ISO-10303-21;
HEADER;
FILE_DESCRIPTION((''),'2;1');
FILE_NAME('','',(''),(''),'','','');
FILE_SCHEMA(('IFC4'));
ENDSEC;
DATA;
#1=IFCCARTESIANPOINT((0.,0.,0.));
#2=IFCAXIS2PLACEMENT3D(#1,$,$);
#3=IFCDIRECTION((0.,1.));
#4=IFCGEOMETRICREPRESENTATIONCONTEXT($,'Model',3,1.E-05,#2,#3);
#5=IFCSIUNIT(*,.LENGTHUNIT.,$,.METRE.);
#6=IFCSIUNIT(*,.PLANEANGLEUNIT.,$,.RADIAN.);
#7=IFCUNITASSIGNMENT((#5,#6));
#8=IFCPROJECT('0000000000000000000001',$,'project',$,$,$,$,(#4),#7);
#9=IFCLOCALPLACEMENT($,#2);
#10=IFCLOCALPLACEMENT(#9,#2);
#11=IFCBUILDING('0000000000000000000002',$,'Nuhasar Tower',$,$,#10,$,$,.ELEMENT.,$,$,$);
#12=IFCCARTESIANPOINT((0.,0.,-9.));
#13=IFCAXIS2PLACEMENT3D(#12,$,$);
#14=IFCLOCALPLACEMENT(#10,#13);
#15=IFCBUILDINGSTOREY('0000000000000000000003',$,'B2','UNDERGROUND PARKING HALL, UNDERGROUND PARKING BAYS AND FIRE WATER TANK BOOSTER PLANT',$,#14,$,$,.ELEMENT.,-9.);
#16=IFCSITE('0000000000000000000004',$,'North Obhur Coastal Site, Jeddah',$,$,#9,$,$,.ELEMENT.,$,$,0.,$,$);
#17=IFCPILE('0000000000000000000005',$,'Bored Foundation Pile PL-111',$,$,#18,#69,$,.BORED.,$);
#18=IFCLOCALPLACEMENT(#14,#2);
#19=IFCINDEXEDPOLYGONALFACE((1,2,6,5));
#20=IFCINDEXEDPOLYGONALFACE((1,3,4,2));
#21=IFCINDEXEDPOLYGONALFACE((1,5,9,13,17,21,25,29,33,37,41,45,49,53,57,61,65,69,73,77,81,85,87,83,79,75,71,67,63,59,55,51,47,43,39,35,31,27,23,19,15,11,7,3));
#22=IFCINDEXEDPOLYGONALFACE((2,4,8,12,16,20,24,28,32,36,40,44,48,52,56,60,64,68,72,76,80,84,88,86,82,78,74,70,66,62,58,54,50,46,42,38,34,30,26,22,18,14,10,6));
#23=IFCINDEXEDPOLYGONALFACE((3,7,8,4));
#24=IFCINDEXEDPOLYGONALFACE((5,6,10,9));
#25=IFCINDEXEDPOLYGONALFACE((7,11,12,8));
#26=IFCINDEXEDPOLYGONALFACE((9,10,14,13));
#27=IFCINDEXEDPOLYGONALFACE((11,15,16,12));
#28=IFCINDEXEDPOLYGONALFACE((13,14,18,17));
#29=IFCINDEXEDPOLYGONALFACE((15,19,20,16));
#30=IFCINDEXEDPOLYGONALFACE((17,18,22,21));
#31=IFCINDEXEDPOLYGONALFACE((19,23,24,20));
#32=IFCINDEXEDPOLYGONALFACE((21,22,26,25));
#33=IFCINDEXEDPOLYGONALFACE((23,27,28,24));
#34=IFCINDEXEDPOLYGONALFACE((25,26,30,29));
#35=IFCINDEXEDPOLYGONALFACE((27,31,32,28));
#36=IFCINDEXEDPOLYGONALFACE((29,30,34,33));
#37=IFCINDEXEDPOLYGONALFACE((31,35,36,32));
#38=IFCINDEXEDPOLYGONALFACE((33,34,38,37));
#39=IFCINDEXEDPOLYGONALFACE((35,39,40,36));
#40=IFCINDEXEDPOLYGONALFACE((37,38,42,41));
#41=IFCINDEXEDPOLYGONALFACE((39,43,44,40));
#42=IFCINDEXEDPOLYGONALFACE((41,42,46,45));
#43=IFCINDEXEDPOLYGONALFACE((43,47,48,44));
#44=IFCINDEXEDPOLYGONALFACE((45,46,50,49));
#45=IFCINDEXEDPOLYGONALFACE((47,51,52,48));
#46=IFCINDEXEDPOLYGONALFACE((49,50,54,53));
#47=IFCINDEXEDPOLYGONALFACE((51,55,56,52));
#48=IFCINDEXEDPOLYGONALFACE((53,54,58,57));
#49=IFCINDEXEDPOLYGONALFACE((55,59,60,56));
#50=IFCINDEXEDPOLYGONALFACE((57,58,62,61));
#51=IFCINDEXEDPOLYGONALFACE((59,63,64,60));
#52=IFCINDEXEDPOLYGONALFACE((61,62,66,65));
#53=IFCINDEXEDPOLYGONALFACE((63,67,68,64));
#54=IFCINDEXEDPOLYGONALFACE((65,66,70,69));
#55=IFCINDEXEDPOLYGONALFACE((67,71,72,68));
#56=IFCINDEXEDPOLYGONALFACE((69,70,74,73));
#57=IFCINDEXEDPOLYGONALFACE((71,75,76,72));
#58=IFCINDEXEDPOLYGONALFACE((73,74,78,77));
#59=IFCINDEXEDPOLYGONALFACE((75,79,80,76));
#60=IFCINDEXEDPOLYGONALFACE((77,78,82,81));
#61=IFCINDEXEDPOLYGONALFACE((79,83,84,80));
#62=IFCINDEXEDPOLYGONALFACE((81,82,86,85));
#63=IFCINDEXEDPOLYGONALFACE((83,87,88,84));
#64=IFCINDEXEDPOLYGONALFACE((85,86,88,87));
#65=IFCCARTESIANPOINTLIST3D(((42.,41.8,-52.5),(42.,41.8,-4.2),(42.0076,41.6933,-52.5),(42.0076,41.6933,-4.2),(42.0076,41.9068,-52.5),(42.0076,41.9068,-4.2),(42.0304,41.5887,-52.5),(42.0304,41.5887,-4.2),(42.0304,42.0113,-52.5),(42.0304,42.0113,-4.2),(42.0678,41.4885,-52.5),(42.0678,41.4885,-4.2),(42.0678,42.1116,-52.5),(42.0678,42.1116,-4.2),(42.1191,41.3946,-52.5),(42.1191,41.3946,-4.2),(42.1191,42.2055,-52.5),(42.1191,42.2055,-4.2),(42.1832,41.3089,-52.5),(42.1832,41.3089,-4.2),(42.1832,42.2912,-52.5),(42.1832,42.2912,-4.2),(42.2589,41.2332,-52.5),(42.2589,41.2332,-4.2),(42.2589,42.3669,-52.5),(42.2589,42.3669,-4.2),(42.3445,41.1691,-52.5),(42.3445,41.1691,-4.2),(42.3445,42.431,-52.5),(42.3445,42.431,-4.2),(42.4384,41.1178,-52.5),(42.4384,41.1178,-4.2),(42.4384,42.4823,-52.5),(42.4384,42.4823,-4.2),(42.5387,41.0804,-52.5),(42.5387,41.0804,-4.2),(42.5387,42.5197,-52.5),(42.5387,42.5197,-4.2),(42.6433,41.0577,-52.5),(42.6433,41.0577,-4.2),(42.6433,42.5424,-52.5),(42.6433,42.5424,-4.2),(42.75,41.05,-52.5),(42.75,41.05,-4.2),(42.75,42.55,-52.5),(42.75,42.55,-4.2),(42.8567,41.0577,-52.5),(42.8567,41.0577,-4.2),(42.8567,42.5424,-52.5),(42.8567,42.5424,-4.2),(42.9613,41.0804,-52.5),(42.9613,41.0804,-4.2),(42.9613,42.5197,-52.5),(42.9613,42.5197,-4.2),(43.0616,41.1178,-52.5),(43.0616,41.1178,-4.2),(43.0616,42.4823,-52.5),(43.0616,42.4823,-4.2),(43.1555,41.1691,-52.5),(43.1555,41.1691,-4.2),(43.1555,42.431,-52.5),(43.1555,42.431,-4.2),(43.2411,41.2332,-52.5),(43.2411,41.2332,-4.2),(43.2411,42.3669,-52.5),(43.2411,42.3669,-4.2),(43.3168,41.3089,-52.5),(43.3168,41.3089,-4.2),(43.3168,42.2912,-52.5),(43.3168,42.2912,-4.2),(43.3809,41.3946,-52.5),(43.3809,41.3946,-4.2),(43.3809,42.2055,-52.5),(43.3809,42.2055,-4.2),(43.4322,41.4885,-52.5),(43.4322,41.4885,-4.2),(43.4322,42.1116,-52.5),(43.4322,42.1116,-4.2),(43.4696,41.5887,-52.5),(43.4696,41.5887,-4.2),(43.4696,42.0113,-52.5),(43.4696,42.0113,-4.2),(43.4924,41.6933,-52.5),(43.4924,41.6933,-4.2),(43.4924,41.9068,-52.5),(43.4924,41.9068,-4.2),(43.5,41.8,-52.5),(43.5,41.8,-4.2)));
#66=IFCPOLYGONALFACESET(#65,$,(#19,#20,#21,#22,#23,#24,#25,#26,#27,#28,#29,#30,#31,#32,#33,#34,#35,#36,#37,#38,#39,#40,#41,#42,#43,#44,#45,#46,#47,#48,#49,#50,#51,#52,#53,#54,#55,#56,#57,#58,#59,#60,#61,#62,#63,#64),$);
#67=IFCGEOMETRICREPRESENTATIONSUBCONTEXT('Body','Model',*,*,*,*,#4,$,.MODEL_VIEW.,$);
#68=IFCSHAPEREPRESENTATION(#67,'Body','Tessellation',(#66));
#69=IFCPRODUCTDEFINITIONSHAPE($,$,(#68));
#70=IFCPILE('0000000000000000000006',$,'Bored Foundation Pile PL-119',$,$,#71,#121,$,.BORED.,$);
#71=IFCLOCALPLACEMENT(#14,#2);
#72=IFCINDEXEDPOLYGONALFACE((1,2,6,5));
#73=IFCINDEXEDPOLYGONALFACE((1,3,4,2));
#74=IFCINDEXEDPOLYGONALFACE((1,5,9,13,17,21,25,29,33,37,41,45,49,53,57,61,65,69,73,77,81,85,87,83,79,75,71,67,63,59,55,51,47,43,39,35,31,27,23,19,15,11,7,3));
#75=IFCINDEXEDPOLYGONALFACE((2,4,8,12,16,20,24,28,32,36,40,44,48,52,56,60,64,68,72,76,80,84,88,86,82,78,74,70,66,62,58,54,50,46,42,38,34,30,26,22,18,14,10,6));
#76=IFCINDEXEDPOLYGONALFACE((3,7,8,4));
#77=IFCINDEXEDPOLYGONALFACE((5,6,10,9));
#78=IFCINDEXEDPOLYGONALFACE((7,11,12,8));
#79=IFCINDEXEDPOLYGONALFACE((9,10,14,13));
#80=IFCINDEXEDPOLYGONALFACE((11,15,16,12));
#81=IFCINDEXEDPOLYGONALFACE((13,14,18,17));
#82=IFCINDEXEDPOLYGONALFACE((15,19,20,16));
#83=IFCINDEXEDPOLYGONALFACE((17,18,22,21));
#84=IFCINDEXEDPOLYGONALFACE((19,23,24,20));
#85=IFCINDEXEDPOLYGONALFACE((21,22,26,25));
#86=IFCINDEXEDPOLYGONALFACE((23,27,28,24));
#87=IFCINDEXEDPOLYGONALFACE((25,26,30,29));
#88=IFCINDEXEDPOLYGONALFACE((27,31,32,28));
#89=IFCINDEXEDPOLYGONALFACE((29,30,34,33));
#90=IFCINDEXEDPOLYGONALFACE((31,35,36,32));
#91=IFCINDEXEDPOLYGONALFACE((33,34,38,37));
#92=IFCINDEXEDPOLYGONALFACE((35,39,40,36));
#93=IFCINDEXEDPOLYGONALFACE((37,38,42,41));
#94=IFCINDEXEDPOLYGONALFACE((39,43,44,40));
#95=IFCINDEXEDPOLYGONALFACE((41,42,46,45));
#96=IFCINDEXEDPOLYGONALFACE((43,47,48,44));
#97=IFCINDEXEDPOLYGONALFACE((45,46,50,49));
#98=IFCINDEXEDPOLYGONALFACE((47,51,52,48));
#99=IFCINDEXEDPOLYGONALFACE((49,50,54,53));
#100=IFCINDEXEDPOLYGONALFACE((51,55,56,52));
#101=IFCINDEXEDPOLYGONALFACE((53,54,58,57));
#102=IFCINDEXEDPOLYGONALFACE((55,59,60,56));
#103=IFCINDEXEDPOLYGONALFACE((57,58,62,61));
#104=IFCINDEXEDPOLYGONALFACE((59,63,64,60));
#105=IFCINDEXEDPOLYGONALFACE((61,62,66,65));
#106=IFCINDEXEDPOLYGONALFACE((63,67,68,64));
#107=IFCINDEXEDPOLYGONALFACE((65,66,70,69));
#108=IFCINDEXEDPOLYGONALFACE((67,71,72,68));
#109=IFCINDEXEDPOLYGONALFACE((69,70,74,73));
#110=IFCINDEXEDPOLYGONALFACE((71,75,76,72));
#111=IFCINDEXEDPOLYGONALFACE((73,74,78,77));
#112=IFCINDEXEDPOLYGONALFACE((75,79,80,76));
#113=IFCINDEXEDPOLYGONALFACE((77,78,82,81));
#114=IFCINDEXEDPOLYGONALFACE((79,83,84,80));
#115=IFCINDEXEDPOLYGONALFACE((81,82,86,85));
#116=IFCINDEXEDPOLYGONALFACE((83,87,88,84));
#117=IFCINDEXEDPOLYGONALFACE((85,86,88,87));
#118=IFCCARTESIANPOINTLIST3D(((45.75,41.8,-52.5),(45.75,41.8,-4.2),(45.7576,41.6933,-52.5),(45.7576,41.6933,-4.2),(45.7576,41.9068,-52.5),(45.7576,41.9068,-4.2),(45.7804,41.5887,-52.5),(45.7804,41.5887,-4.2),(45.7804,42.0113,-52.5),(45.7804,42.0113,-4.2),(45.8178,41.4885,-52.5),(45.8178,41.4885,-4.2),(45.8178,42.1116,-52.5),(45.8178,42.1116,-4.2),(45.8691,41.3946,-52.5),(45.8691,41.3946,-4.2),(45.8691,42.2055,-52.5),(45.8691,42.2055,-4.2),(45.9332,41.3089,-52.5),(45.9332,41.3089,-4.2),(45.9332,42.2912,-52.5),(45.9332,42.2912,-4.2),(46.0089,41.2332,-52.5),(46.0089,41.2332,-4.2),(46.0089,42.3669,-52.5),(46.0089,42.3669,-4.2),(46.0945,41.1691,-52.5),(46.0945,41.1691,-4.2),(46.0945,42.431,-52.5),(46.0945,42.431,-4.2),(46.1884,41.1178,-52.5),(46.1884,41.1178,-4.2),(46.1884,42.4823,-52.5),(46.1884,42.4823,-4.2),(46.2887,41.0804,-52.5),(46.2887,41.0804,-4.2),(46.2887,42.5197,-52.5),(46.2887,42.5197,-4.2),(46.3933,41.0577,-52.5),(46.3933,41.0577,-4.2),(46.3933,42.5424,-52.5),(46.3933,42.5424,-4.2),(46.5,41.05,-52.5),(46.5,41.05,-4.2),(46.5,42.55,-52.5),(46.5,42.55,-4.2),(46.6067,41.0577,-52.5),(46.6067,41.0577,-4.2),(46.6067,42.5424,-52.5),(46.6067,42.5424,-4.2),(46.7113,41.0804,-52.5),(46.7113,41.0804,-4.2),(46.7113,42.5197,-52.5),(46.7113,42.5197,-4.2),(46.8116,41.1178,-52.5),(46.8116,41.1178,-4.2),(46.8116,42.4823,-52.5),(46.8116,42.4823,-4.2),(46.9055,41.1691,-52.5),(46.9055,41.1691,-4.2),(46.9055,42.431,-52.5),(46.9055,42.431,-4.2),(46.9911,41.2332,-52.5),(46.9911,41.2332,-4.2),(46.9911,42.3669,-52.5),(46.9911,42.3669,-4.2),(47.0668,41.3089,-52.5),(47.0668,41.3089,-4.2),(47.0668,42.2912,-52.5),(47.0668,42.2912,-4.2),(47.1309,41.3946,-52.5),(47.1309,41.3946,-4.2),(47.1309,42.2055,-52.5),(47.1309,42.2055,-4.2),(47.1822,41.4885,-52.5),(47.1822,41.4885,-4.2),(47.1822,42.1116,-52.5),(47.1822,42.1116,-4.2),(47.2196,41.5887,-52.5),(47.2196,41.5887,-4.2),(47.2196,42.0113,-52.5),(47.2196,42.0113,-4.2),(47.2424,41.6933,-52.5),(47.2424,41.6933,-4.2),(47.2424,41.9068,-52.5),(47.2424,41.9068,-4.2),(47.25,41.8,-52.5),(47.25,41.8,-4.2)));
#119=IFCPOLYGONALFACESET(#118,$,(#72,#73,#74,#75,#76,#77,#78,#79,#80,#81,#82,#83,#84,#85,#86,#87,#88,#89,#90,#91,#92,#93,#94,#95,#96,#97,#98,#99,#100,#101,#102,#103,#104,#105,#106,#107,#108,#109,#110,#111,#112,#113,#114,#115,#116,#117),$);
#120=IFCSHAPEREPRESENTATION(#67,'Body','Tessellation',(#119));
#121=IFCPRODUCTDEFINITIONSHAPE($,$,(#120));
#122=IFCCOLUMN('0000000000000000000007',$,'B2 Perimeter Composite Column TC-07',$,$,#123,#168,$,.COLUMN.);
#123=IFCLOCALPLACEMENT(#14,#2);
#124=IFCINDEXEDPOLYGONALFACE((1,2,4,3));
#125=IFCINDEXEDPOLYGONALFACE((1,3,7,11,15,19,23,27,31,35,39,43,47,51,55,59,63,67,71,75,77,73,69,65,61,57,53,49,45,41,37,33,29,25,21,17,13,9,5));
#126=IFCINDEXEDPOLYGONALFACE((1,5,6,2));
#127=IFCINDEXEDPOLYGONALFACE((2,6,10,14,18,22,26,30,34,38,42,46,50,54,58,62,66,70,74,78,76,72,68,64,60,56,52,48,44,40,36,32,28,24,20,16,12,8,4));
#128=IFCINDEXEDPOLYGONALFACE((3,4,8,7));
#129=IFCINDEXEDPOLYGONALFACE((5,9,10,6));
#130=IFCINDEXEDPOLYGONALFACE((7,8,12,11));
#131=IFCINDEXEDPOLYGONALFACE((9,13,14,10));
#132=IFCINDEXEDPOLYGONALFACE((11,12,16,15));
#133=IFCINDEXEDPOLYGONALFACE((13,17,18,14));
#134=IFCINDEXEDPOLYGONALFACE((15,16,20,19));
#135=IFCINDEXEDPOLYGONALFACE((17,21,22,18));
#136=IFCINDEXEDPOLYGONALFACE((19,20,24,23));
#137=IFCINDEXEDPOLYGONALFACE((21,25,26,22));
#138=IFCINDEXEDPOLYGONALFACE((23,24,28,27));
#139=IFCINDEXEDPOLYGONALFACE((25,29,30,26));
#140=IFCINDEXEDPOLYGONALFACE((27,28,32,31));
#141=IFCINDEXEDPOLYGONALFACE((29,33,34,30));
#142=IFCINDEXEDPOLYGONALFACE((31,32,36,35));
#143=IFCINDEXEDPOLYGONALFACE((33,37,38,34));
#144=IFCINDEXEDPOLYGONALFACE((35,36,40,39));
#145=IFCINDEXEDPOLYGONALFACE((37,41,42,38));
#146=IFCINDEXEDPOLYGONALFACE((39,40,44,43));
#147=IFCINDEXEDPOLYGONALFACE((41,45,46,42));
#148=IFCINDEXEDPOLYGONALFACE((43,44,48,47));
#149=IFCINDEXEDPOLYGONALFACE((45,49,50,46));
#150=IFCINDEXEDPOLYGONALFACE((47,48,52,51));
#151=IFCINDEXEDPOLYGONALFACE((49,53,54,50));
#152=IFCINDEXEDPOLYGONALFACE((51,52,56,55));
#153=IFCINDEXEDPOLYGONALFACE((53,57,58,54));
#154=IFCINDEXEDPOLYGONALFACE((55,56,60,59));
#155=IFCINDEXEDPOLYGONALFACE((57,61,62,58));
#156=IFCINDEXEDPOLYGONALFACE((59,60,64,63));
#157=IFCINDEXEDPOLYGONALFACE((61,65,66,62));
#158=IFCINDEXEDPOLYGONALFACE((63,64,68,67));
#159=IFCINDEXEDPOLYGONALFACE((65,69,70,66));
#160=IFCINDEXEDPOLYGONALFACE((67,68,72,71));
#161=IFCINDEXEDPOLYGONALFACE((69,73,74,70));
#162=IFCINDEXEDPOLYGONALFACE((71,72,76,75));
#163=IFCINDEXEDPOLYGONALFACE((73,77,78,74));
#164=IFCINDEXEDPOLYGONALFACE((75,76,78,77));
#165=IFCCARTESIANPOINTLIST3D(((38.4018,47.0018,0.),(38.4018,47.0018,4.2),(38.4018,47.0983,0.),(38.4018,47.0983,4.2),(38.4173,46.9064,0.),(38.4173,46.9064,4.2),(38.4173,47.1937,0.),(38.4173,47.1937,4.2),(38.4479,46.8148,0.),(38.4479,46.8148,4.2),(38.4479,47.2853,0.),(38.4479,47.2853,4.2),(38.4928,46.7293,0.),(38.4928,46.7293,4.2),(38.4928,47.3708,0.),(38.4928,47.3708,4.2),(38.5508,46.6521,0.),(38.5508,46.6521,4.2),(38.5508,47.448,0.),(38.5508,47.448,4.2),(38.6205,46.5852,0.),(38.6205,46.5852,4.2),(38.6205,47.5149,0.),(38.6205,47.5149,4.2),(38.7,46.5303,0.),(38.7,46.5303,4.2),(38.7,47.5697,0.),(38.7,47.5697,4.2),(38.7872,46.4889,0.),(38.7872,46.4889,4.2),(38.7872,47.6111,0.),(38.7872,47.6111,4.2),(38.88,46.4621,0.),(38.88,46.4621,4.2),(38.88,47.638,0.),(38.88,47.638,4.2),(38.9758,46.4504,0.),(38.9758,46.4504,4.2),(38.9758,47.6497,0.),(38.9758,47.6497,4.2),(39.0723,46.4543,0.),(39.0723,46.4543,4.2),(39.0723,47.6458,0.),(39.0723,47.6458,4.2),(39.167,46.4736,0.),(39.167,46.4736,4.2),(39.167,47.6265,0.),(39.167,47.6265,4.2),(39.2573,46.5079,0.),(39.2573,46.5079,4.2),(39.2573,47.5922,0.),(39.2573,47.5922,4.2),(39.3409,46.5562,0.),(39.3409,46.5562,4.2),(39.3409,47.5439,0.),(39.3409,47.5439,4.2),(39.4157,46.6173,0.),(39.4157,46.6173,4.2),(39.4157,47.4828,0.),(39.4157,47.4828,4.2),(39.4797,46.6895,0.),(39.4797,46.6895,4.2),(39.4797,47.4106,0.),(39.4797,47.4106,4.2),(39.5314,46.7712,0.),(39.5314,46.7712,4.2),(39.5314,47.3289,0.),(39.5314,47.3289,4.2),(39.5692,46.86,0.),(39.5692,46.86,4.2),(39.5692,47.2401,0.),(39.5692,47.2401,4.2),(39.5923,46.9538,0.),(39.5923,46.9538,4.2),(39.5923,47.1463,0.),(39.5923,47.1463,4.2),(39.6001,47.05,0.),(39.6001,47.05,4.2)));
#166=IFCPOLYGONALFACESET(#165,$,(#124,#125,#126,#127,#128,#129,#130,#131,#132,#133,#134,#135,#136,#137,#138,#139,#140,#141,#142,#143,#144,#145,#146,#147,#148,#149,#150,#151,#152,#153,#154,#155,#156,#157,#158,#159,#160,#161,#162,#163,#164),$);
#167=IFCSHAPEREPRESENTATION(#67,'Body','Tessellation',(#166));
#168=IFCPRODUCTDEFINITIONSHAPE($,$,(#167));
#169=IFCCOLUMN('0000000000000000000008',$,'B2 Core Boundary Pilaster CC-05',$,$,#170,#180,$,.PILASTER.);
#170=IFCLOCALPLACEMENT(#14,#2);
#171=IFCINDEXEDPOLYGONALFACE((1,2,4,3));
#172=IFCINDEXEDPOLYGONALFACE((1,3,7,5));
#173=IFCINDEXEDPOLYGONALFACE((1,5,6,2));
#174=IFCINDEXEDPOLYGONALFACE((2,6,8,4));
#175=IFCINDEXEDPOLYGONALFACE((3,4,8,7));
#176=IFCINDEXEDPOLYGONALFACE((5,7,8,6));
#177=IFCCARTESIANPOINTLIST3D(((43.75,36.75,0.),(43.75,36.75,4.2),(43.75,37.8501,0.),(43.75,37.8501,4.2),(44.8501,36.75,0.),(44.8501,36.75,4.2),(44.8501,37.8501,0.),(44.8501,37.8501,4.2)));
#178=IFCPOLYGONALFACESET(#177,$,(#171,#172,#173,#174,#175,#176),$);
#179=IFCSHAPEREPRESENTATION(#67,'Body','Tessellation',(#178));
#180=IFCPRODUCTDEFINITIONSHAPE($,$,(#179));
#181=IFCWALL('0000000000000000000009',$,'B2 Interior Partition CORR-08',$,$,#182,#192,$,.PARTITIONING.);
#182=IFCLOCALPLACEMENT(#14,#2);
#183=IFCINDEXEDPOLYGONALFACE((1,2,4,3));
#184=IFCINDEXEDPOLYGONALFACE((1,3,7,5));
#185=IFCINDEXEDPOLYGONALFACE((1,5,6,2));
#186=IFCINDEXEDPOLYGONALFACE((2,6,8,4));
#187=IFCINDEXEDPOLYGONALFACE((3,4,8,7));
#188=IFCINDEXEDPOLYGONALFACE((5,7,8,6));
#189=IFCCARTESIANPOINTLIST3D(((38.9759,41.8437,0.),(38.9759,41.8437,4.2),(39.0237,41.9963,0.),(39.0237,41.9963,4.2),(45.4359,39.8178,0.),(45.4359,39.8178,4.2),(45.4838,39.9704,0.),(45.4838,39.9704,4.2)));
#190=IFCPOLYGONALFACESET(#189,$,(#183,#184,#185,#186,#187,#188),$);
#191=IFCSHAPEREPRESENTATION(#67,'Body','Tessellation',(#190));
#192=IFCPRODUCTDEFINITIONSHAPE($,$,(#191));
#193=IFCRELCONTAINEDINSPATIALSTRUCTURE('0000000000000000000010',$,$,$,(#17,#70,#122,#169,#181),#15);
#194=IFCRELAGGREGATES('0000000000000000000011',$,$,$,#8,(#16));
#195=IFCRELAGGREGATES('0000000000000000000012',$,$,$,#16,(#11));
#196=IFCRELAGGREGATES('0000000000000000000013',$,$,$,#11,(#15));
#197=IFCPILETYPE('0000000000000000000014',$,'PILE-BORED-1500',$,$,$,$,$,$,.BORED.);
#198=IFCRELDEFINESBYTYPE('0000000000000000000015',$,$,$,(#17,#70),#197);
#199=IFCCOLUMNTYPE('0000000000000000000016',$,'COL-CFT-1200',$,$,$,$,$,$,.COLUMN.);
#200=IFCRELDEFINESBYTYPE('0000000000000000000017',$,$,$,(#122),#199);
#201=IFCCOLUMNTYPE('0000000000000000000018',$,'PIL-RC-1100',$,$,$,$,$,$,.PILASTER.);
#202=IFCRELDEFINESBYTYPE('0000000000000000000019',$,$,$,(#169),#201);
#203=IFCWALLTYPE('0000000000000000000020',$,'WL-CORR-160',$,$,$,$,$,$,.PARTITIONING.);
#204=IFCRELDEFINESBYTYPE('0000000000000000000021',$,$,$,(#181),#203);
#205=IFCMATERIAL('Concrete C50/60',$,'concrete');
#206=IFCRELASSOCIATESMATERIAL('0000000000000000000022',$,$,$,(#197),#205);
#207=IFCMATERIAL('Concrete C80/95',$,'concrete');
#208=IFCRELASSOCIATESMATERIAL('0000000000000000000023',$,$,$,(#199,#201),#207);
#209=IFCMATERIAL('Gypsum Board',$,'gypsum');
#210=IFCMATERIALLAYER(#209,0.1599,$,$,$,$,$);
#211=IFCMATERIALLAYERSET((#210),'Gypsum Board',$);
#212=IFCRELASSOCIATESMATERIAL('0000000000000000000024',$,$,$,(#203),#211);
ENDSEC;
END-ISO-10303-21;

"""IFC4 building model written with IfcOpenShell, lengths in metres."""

from ifc_helpers import new_model, si_unit, direction, frame, frame_2d, origin, origin_2d, place, context, subcontext, project, spatial, rectangle, circle, extrude, material, layer, layer_set, material_profile, profile_set, type_object, element, save


model = new_model("IFC4")

# Units and contexts
model_context = context("Model", 3, precision=1e-05, world=origin(), true_north=direction((0.0, 1.0)))
body_context = subcontext(model_context, "Body", "Model", "MODEL_VIEW")
ifc_project = project(units=[si_unit("LENGTHUNIT", "METRE"), si_unit("PLANEANGLEUNIT", "RADIAN")], contexts=[model_context])

# Site, building, storey
site_placement = place(None, origin())
site = spatial("IfcSite", under=ifc_project, at=site_placement, Name="North Obhur Coastal Site, Jeddah", CompositionType="ELEMENT", RefElevation=0.0)
building_placement = place(site_placement, origin())
building = spatial("IfcBuilding", under=site, at=building_placement, Name="Nuhasar Tower", CompositionType="ELEMENT")
storey_placement = place(building_placement, frame((0.0, 0.0, -9.0)))
storey = spatial("IfcBuildingStorey", under=building, at=storey_placement, Name="B2", Description="UNDERGROUND PARKING HALL, UNDERGROUND PARKING BAYS AND FIRE WATER TANK BOOSTER PLANT", CompositionType="ELEMENT", Elevation=-9.0)

# Piles
ifc_material_1 = material(Name="Concrete C50/60", Category="concrete")
ifc_material_profile_1 = material_profile(ifc_material_1, circle(Radius=0.75, at=origin_2d()), Name="PILE1500")
ifc_profile_set_1 = profile_set([ifc_material_profile_1], Name="Concrete C50/60")
pile_type = type_object("IfcPileType", Name="PILE-BORED-1500", PredefinedType="BORED", material=ifc_profile_set_1)
for number, where, z_axis, x_axis, name in (
    (1, (42.75, 41.8, -4.2), (0.0, 0.0, -1.0), (1.0, 0.0, 0.0), "Bored Foundation Pile PL-111"),
    (2, (46.5, 41.8, -4.2), (0.0, 0.0, -1.0), (1.0, 0.0, 0.0), "Bored Foundation Pile PL-119"),
):
    element("IfcPile", number, at=place(storey_placement, frame(where, z_axis=z_axis, x_axis=x_axis)), inside=storey, type_object=pile_type, Name=name, PredefinedType="BORED", context=body_context, shape_type="SweptSolid", body=[
        extrude(circle(Radius=0.75, at=origin_2d()), origin(), (0.0, 0.0, 1.0), 48.3),
    ])

# Columns
ifc_material_2 = material(Name="Concrete C80/95", Category="concrete")
ifc_material_profile_2 = material_profile(ifc_material_2, circle(Radius=0.6001, at=origin_2d()), Name="CFT1200")
ifc_profile_set_2 = profile_set([ifc_material_profile_2], Name="Concrete C80/95")
column_type_1 = type_object("IfcColumnType", Name="COL-CFT-1200", PredefinedType="COLUMN", material=ifc_profile_set_2)
column_1_placement = place(storey_placement, frame((39.0, 47.05, 0.0), z_axis=(0.0, 0.0, 1.0), x_axis=(1.0, 0.0, 0.0)))
element("IfcColumn", 3, at=column_1_placement, inside=storey, type_object=column_type_1, Name="B2 Perimeter Composite Column TC-07", PredefinedType="COLUMN", context=body_context, shape_type="SweptSolid", body=[
    extrude(circle(Radius=0.6001, at=origin_2d()), origin(), (0.0, 0.0, 1.0), 4.2),
])
ifc_material_profile_3 = material_profile(ifc_material_2, rectangle(XDim=1.1001, YDim=1.1001, at=origin_2d()), Name="RC1100X1100")
ifc_profile_set_3 = profile_set([ifc_material_profile_3], Name="Concrete C80/95")
column_type_2 = type_object("IfcColumnType", Name="PIL-RC-1100", PredefinedType="PILASTER", material=ifc_profile_set_3)
column_2_placement = place(storey_placement, frame((44.3, 37.3, 0.0), z_axis=(0.0, 0.0, 1.0), x_axis=(1.0, 0.0, 0.0)))
element("IfcColumn", 4, at=column_2_placement, inside=storey, type_object=column_type_2, Name="B2 Core Boundary Pilaster CC-05", PredefinedType="PILASTER", context=body_context, shape_type="SweptSolid", body=[
    extrude(rectangle(XDim=1.1001, YDim=1.1001, at=origin_2d()), origin(), (0.0, 0.0, 1.0), 4.2),
])

# Wall
ifc_material_3 = material(Name="Gypsum Board", Category="gypsum")
ifc_layer_1 = layer(ifc_material_3, 0.1599)
ifc_layer_set_1 = layer_set([ifc_layer_1], Name="Gypsum Board")
wall_type_1 = type_object("IfcWallType", Name="WL-CORR-160", PredefinedType="PARTITIONING", material=ifc_layer_set_1)
wall_1_placement = place(storey_placement, frame((45.46, 39.894, 0.0), z_axis=(0.0, 0.0, 1.0), x_axis=(-0.954179, 0.299236, 0.0)))
element("IfcWall", 5, at=wall_1_placement, inside=storey, type_object=wall_type_1, Name="B2 Interior Partition CORR-08", PredefinedType="PARTITIONING", context=body_context, shape_type="SweptSolid", body=[
    extrude(rectangle(XDim=6.7703, YDim=0.1599, at=frame_2d((3.3853, 0.0))), origin(), (0.0, 0.0, 1.0), 4.2),
])

save(model, "model.ifc")
